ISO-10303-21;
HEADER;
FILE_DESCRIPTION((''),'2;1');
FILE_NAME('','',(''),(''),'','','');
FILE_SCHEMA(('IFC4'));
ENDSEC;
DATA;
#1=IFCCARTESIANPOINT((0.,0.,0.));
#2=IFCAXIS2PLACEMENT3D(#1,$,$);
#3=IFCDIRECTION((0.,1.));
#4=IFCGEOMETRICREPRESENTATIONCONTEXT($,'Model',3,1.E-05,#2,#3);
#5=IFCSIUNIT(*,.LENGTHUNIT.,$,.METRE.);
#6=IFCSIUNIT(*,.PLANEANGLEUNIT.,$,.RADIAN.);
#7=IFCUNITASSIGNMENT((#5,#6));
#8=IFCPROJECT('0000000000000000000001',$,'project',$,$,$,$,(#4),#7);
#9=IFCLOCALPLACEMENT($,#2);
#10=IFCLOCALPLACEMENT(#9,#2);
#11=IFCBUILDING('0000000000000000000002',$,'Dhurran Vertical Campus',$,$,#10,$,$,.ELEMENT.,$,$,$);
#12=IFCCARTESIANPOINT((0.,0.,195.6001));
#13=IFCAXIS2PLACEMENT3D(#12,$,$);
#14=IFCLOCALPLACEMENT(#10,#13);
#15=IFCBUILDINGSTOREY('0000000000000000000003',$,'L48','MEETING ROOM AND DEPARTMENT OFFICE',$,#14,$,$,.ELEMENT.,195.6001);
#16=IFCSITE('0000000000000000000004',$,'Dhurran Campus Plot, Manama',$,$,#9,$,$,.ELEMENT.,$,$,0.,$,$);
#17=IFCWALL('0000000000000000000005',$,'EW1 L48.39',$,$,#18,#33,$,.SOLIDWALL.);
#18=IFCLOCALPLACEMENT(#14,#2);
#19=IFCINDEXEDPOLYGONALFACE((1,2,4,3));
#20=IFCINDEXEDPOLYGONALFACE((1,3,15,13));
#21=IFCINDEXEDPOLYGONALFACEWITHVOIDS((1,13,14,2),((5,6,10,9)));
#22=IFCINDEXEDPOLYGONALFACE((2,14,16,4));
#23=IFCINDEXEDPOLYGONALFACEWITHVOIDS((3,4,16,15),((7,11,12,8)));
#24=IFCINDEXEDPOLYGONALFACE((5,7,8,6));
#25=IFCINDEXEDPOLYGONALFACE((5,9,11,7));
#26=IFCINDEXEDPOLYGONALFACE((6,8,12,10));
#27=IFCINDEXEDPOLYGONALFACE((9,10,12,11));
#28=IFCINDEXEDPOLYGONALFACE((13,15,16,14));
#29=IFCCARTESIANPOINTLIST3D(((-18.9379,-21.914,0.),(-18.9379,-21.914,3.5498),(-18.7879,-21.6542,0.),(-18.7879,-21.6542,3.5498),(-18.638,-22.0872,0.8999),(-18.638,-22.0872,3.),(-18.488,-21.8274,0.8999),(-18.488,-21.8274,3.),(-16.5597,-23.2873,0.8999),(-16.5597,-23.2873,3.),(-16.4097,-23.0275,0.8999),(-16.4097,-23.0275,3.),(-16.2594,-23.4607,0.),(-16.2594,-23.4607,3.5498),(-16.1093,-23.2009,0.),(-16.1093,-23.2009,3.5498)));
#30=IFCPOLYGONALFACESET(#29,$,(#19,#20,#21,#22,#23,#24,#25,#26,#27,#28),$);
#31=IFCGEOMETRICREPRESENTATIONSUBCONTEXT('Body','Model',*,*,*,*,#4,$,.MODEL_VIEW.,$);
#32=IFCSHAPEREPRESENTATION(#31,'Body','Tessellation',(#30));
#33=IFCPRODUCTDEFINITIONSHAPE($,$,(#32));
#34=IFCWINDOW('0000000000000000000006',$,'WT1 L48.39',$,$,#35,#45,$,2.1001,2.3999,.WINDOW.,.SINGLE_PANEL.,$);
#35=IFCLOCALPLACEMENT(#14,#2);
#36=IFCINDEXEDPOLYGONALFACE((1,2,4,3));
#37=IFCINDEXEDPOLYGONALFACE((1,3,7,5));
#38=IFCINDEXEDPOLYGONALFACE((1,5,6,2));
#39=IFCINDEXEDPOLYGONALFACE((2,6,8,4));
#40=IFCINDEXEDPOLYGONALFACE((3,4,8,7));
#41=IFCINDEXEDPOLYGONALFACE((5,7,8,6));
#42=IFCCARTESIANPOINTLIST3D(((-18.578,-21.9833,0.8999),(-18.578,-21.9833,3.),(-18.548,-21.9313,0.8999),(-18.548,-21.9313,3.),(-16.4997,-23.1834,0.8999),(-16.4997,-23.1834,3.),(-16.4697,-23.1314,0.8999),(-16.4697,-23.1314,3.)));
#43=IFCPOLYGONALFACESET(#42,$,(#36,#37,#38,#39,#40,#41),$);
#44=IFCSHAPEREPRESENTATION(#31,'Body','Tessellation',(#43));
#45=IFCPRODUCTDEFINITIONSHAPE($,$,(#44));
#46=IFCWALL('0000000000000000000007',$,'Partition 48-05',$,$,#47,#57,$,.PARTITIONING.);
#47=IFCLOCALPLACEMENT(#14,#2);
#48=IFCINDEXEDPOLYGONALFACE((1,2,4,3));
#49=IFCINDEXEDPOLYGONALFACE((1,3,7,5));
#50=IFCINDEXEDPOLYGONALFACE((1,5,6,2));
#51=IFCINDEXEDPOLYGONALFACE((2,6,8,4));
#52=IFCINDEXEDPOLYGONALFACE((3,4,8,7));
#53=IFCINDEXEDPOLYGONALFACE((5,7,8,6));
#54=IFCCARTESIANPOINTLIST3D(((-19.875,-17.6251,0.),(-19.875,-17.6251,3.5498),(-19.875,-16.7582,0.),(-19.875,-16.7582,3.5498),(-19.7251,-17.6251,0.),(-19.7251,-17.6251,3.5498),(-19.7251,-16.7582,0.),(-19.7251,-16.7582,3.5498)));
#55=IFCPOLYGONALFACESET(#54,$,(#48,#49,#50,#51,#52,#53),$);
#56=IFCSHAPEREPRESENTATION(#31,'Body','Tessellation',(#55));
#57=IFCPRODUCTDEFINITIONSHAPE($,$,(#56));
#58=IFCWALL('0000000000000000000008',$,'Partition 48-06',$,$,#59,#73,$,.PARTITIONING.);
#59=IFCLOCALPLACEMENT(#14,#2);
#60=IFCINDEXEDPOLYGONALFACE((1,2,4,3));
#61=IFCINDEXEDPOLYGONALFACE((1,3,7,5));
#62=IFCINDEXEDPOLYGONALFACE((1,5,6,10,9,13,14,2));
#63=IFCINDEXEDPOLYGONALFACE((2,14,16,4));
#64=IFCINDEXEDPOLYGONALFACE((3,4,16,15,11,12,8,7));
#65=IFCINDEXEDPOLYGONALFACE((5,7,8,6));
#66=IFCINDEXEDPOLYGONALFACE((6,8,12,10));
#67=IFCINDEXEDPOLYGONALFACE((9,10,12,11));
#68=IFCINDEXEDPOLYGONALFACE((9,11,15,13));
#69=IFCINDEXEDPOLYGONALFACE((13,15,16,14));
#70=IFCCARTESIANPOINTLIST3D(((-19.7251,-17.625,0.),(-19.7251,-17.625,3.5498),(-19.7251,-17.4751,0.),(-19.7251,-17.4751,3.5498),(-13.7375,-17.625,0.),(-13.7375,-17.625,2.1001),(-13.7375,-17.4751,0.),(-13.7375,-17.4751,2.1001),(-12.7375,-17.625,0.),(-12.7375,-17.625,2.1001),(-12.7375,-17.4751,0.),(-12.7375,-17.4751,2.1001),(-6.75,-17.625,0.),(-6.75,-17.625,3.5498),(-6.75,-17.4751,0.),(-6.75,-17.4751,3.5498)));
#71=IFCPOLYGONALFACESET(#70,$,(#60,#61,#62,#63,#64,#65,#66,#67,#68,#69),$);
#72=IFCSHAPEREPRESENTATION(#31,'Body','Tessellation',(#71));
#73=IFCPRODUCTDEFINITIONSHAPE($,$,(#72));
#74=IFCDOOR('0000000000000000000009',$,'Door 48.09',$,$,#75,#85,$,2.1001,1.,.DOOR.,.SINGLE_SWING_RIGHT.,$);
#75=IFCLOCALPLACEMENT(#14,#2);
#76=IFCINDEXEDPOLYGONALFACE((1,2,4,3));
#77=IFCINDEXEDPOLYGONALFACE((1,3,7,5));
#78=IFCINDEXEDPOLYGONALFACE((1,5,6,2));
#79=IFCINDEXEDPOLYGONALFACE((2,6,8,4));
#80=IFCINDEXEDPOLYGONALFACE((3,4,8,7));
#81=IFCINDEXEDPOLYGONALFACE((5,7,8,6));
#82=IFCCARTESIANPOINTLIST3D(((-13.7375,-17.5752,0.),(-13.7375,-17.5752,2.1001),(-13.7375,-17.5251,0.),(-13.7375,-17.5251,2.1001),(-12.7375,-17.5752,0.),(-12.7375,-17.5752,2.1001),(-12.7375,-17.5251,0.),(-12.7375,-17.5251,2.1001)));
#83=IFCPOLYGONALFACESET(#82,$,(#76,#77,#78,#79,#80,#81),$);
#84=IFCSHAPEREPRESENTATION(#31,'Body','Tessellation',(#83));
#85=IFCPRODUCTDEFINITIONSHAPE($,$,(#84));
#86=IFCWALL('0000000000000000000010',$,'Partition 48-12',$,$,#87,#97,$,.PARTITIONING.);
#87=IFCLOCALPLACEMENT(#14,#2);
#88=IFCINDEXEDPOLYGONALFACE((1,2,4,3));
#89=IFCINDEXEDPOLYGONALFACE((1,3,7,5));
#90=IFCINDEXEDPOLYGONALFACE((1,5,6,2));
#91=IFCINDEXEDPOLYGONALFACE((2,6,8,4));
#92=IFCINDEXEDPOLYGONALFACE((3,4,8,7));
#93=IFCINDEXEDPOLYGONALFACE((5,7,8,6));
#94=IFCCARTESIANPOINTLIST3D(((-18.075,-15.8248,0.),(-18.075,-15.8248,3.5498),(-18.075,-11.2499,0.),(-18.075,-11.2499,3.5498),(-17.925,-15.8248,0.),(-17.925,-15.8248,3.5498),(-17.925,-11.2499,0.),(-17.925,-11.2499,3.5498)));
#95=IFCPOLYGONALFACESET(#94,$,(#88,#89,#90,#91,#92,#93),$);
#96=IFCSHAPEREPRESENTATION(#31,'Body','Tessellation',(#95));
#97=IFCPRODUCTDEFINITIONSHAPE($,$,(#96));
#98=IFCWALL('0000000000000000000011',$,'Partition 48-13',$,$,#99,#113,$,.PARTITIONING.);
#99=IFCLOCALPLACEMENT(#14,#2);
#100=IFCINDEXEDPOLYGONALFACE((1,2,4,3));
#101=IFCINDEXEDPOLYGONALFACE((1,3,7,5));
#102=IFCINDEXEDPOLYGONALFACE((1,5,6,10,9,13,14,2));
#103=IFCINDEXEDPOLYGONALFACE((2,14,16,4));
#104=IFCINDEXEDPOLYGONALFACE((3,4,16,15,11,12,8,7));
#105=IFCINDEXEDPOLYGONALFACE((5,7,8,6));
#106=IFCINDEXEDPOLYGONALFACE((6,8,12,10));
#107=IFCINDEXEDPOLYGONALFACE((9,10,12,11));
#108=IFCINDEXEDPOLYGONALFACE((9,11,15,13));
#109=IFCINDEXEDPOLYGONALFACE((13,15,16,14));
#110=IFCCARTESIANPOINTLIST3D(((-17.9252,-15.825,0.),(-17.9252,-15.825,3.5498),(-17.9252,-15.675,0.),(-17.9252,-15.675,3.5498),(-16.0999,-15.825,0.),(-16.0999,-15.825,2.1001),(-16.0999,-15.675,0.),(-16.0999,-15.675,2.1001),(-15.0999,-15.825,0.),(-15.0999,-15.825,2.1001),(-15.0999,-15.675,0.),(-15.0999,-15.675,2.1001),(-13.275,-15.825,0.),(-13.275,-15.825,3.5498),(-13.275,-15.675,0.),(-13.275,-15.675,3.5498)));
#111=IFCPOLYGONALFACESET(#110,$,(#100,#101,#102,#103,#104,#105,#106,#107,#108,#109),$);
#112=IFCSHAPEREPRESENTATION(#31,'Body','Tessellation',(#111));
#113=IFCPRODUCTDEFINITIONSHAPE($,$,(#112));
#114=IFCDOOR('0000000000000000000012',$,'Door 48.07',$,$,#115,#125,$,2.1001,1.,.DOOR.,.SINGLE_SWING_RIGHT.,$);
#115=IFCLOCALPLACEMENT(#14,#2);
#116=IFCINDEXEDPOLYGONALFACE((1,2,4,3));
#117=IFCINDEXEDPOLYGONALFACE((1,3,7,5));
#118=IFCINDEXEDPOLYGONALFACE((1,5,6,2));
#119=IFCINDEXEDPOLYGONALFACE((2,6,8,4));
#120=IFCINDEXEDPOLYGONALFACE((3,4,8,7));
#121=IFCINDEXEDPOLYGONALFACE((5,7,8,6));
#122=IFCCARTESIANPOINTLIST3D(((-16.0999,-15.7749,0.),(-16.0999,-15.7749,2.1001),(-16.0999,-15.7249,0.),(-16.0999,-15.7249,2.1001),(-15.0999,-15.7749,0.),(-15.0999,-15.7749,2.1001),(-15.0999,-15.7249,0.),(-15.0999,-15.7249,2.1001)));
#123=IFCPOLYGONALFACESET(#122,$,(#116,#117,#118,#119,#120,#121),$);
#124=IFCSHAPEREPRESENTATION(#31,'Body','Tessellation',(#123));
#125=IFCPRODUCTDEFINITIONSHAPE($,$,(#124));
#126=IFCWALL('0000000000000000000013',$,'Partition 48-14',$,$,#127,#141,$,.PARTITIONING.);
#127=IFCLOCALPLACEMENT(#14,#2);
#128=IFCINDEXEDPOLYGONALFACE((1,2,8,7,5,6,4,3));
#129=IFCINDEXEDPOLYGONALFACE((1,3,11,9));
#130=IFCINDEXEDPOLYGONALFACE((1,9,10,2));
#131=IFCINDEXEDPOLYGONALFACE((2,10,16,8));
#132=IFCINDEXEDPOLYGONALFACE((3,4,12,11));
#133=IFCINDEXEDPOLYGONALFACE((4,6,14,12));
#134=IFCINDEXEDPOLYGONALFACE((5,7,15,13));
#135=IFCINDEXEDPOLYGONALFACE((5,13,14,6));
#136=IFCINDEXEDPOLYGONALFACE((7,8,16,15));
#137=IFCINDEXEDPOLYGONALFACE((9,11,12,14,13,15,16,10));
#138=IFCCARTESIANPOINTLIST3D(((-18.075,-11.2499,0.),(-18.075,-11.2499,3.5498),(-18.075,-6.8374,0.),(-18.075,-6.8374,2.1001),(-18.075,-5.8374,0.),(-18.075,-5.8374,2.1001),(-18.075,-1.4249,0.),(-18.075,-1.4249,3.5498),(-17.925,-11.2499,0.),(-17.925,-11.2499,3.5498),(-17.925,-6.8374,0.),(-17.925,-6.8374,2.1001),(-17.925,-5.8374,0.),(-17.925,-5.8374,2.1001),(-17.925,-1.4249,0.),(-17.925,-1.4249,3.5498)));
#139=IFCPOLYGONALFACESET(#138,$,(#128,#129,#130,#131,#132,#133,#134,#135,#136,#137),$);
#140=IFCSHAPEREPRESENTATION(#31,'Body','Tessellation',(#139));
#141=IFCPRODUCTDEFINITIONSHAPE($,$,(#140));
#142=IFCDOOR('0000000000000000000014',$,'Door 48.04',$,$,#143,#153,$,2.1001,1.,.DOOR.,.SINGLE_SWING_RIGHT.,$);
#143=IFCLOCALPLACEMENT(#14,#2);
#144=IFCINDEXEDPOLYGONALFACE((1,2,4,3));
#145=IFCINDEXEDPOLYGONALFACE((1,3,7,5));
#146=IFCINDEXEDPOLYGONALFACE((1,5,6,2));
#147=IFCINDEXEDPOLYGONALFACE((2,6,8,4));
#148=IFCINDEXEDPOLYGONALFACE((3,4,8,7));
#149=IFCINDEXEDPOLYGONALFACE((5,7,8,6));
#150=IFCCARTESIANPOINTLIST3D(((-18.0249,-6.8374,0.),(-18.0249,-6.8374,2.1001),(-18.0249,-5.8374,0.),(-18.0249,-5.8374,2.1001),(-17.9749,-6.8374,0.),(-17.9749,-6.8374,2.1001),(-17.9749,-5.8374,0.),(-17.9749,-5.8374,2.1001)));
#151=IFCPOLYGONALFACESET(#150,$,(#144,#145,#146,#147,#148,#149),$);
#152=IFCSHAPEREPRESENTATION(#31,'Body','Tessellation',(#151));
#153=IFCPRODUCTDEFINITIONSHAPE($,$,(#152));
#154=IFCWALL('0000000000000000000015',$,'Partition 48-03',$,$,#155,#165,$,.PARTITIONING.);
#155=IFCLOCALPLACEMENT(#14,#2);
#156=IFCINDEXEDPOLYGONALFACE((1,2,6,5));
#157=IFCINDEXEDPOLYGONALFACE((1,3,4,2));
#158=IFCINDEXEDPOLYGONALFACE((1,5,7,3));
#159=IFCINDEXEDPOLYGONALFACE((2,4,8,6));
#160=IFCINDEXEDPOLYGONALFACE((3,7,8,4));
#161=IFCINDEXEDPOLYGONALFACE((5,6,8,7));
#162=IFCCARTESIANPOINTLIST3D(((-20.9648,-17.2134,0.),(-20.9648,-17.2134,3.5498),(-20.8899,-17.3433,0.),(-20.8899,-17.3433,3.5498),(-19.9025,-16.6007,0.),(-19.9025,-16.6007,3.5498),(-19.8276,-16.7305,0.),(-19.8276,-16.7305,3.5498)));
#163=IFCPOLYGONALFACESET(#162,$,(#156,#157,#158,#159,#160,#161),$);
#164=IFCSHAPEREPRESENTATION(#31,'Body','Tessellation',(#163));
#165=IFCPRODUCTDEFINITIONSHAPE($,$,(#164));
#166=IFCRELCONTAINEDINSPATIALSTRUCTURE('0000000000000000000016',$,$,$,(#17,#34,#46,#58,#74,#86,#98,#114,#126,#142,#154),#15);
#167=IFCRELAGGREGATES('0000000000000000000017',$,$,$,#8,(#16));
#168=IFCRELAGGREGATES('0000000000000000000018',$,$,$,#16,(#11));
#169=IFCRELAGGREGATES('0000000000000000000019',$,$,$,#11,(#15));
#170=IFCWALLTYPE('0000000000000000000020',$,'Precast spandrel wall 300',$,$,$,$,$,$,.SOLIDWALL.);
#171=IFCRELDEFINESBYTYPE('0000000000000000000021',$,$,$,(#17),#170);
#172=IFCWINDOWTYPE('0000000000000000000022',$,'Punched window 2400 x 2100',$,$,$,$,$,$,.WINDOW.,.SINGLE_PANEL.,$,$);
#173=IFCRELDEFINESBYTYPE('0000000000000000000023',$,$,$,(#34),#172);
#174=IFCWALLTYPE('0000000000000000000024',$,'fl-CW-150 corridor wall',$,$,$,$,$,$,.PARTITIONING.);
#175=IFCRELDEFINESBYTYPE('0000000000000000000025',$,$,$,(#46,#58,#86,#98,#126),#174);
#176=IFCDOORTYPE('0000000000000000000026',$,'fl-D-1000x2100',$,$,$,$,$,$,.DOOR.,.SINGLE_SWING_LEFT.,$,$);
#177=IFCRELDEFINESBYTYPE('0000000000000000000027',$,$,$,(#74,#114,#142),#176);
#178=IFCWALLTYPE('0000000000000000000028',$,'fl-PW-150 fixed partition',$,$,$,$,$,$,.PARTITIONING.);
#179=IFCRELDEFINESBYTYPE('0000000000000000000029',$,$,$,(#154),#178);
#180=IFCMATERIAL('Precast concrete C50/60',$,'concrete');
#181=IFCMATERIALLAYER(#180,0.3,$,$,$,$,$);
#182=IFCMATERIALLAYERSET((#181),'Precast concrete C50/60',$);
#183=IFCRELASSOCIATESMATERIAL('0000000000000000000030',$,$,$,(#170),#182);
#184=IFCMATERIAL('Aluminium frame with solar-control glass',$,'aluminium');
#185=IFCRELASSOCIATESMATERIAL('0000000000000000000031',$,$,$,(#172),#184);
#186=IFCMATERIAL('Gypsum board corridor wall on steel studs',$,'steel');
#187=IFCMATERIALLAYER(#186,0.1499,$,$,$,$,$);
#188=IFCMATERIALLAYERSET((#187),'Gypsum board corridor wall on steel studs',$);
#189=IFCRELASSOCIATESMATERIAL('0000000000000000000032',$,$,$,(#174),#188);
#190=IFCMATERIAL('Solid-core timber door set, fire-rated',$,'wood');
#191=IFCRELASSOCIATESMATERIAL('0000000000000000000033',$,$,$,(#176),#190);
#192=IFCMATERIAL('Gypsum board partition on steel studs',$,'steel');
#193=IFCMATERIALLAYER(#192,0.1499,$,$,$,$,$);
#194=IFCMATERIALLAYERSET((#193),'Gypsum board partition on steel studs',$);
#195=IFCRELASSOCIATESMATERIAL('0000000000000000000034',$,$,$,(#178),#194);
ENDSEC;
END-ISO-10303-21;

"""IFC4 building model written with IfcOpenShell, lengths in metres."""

from ifc_helpers import new_model, si_unit, direction, frame, frame_2d, origin, place, context, subcontext, project, spatial, rectangle, extrude, material, layer, layer_set, type_object, element, fill, save


model = new_model("IFC4")

# Units and contexts
model_context = context("Model", 3, precision=1e-05, world=origin(), true_north=direction((0.0, 1.0)))
body_context = subcontext(model_context, "Body", "Model", "MODEL_VIEW")
ifc_project = project(units=[si_unit("LENGTHUNIT", "METRE"), si_unit("PLANEANGLEUNIT", "RADIAN")], contexts=[model_context])

# Site, building, storey
site_placement = place(None, origin())
site = spatial("IfcSite", under=ifc_project, at=site_placement, Name="Dhurran Campus Plot, Manama", CompositionType="ELEMENT", RefElevation=0.0)
building_placement = place(site_placement, origin())
building = spatial("IfcBuilding", under=site, at=building_placement, Name="Dhurran Vertical Campus", CompositionType="ELEMENT")
storey_placement = place(building_placement, frame((0.0, 0.0, 195.6001)))
storey = spatial("IfcBuildingStorey", under=building, at=storey_placement, Name="L48", Description="MEETING ROOM AND DEPARTMENT OFFICE", CompositionType="ELEMENT", Elevation=195.6001)

# Wall, opening, window
ifc_material_1 = material(Name="Precast concrete C50/60", Category="concrete")
ifc_layer_1 = layer(ifc_material_1, 0.3)
ifc_layer_set_1 = layer_set([ifc_layer_1], Name="Precast concrete C50/60")
wall_type_1 = type_object("IfcWallType", Name="Precast spandrel wall 300", PredefinedType="SOLIDWALL", material=ifc_layer_set_1)
ifc_material_2 = material(Name="Aluminium frame with solar-control glass", Category="aluminium")
window_type = type_object("IfcWindowType", Name="Punched window 2400 x 2100", PartitioningType="SINGLE_PANEL", PredefinedType="WINDOW", material=ifc_material_2)
wall_1_placement = place(storey_placement, frame((-18.8628, -21.7842, 0.0), z_axis=(0.0, 0.0, 1.0), x_axis=(0.865995, -0.500053, 0.0)))
wall_1 = element("IfcWall", 1, at=wall_1_placement, inside=storey, type_object=wall_type_1, Name="EW1 L48.39", PredefinedType="SOLIDWALL", context=body_context, shape_type="SweptSolid", body=[
    extrude(rectangle(XDim=3.093, YDim=0.3, at=frame_2d((1.5464, 0.0))), origin(), (0.0, 0.0, 1.0), 3.5498),
])
opening_1_placement = place(wall_1_placement, frame((0.3462, 0.0, 0.8999)))
opening_1 = element("IfcOpeningElement", 2, at=opening_1_placement, cuts=wall_1, PredefinedType="OPENING", context=body_context, shape_type="SweptSolid", body=[
    extrude(rectangle(XDim=2.3999, YDim=2.1001, at=frame_2d((1.2, 1.05))), frame((0.0, 0.1599, 0.0), z_axis=(0.0, -1.0, 0.0), x_axis=(1.0, 0.0, 0.0)), (0.0, 0.0, 1.0), 0.3201),
])
window_1_placement = place(opening_1_placement, origin())
window_1 = element("IfcWindow", 3, at=window_1_placement, inside=storey, type_object=window_type, Name="WT1 L48.39", OverallHeight=2.1001, OverallWidth=2.3999, PartitioningType="SINGLE_PANEL", PredefinedType="WINDOW", context=body_context, shape_type="SweptSolid", body=[
    extrude(rectangle(XDim=2.3999, YDim=2.1001, at=frame_2d((1.2, 1.05))), frame((0.0, 0.03, 0.0), z_axis=(0.0, -1.0, 0.0), x_axis=(1.0, 0.0, 0.0)), (0.0, 0.0, 1.0), 0.0601),
])
fill(opening_1, window_1)

# Wall
ifc_material_3 = material(Name="Gypsum board corridor wall on steel studs", Category="steel")
ifc_layer_2 = layer(ifc_material_3, 0.1499)
ifc_layer_set_2 = layer_set([ifc_layer_2], Name="Gypsum board corridor wall on steel studs")
wall_type_2 = type_object("IfcWallType", Name="fl-CW-150 corridor wall", PredefinedType="PARTITIONING", material=ifc_layer_set_2)
wall_2_placement = place(storey_placement, frame((-19.8, -16.7581, 0.0), z_axis=(0.0, 0.0, 1.0), x_axis=(0.0, -1.0, 0.0)))
element("IfcWall", 4, at=wall_2_placement, inside=storey, type_object=wall_type_2, Name="Partition 48-05", PredefinedType="PARTITIONING", context=body_context, shape_type="SweptSolid", body=[
    extrude(rectangle(XDim=0.8669, YDim=0.1499, at=frame_2d((0.4336, 0.0))), origin(), (0.0, 0.0, 1.0), 3.5498),
])

# Wall, opening, door
wall_3_placement = place(storey_placement, frame((-19.7251, -17.55, 0.0), z_axis=(0.0, 0.0, 1.0), x_axis=(1.0, 0.0, 0.0)))
wall_3 = element("IfcWall", 5, at=wall_3_placement, inside=storey, type_object=wall_type_2, Name="Partition 48-06", PredefinedType="PARTITIONING", context=body_context, shape_type="SweptSolid", body=[
    extrude(rectangle(XDim=12.9751, YDim=0.1499, at=frame_2d((6.4875, 0.0))), origin(), (0.0, 0.0, 1.0), 3.5498),
])
opening_2_placement = place(wall_3_placement, frame((5.9875, 0.0, 0.0)))
opening_2 = element("IfcOpeningElement", 6, at=opening_2_placement, cuts=wall_3, PredefinedType="OPENING", context=body_context, shape_type="SweptSolid", body=[
    extrude(rectangle(XDim=1.0, YDim=2.1001, at=frame_2d((0.5, 1.05))), frame((0.0, 0.085, 0.0), z_axis=(0.0, -1.0, 0.0), x_axis=(1.0, 0.0, 0.0)), (0.0, 0.0, 1.0), 0.1699),
])
ifc_material_4 = material(Name="Solid-core timber door set, fire-rated", Category="wood")
door_type = type_object("IfcDoorType", Name="fl-D-1000x2100", OperationType="SINGLE_SWING_LEFT", PredefinedType="DOOR", material=ifc_material_4)
door_1_placement = place(opening_2_placement, origin())
door_1 = element("IfcDoor", 7, at=door_1_placement, inside=storey, type_object=door_type, Name="Door 48.09", OperationType="SINGLE_SWING_RIGHT", OverallHeight=2.1001, OverallWidth=1.0, PredefinedType="DOOR", context=body_context, shape_type="SweptSolid", body=[
    extrude(rectangle(XDim=1.0, YDim=2.1001, at=frame_2d((0.5, 1.05))), frame((0.0, 0.0249, 0.0), z_axis=(0.0, -1.0, 0.0), x_axis=(1.0, 0.0, 0.0)), (0.0, 0.0, 1.0), 0.05),
])
fill(opening_2, door_1)

# Wall
wall_4_placement = place(storey_placement, frame((-18.0, -15.825, 0.0), z_axis=(0.0, 0.0, 1.0), x_axis=(0.0, 1.0, 0.0)))
element("IfcWall", 8, at=wall_4_placement, inside=storey, type_object=wall_type_2, Name="Partition 48-12", PredefinedType="PARTITIONING", context=body_context, shape_type="SweptSolid", body=[
    extrude(rectangle(XDim=4.575, YDim=0.1499, at=frame_2d((2.2876, 0.0))), origin(), (0.0, 0.0, 1.0), 3.5498),
])

# Walls, openings, doors
wall_5_placement = place(storey_placement, frame((-13.2749, -15.75, 0.0), z_axis=(0.0, 0.0, 1.0), x_axis=(-1.0, 0.0, 0.0)))
wall_5 = element("IfcWall", 9, at=wall_5_placement, inside=storey, type_object=wall_type_2, Name="Partition 48-13", PredefinedType="PARTITIONING", context=body_context, shape_type="SweptSolid", body=[
    extrude(rectangle(XDim=4.6501, YDim=0.1499, at=frame_2d((2.3252, 0.0))), origin(), (0.0, 0.0, 1.0), 3.5498),
])
opening_3_placement = place(wall_5_placement, frame((1.825, 0.0, 0.0)))
opening_3 = element("IfcOpeningElement", 10, at=opening_3_placement, cuts=wall_5, PredefinedType="OPENING", context=body_context, shape_type="SweptSolid", body=[
    extrude(rectangle(XDim=1.0, YDim=2.1001, at=frame_2d((0.5, 1.05))), frame((0.0, 0.085, 0.0), z_axis=(0.0, -1.0, 0.0), x_axis=(1.0, 0.0, 0.0)), (0.0, 0.0, 1.0), 0.1699),
])
door_2_placement = place(opening_3_placement, origin())
door_2 = element("IfcDoor", 11, at=door_2_placement, inside=storey, type_object=door_type, Name="Door 48.07", OperationType="SINGLE_SWING_RIGHT", OverallHeight=2.1001, OverallWidth=1.0, PredefinedType="DOOR", context=body_context, shape_type="SweptSolid", body=[
    extrude(rectangle(XDim=1.0, YDim=2.1001, at=frame_2d((0.5, 1.05))), frame((0.0, 0.0249, 0.0), z_axis=(0.0, -1.0, 0.0), x_axis=(1.0, 0.0, 0.0)), (0.0, 0.0, 1.0), 0.05),
])
fill(opening_3, door_2)
wall_6_placement = place(storey_placement, frame((-18.0, -11.25, 0.0), z_axis=(0.0, 0.0, 1.0), x_axis=(0.0, 1.0, 0.0)))
wall_6 = element("IfcWall", 12, at=wall_6_placement, inside=storey, type_object=wall_type_2, Name="Partition 48-14", PredefinedType="PARTITIONING", context=body_context, shape_type="SweptSolid", body=[
    extrude(rectangle(XDim=9.825, YDim=0.1499, at=frame_2d((4.9126, 0.0))), origin(), (0.0, 0.0, 1.0), 3.5498),
])
opening_4_placement = place(wall_6_placement, frame((4.4126, 0.0, 0.0)))
opening_4 = element("IfcOpeningElement", 13, at=opening_4_placement, cuts=wall_6, PredefinedType="OPENING", context=body_context, shape_type="SweptSolid", body=[
    extrude(rectangle(XDim=1.0, YDim=2.1001, at=frame_2d((0.5, 1.05))), frame((0.0, 0.085, 0.0), z_axis=(0.0, -1.0, 0.0), x_axis=(1.0, 0.0, 0.0)), (0.0, 0.0, 1.0), 0.1699),
])
door_3_placement = place(opening_4_placement, origin())
door_3 = element("IfcDoor", 14, at=door_3_placement, inside=storey, type_object=door_type, Name="Door 48.04", OperationType="SINGLE_SWING_RIGHT", OverallHeight=2.1001, OverallWidth=1.0, PredefinedType="DOOR", context=body_context, shape_type="SweptSolid", body=[
    extrude(rectangle(XDim=1.0, YDim=2.1001, at=frame_2d((0.5, 1.05))), frame((0.0, 0.0249, 0.0), z_axis=(0.0, -1.0, 0.0), x_axis=(1.0, 0.0, 0.0)), (0.0, 0.0, 1.0), 0.05),
])
fill(opening_4, door_3)

# Wall
ifc_material_5 = material(Name="Gypsum board partition on steel studs", Category="steel")
ifc_layer_3 = layer(ifc_material_5, 0.1499)
ifc_layer_set_3 = layer_set([ifc_layer_3], Name="Gypsum board partition on steel studs")
wall_type_3 = type_object("IfcWallType", Name="fl-PW-150 fixed partition", PredefinedType="PARTITIONING", material=ifc_layer_set_3)
wall_7_placement = place(storey_placement, frame((-19.865, -16.6655, 0.0), z_axis=(0.0, 0.0, 1.0), x_axis=(-0.866202, -0.499694, 0.0)))
element("IfcWall", 15, at=wall_7_placement, inside=storey, type_object=wall_type_3, Name="Partition 48-03", PredefinedType="PARTITIONING", context=body_context, shape_type="SweptSolid", body=[
    extrude(rectangle(XDim=1.2263, YDim=0.1499, at=frame_2d((0.6133, 0.0))), origin(), (0.0, 0.0, 1.0), 3.5498),
])

save(model, "model.ifc")
